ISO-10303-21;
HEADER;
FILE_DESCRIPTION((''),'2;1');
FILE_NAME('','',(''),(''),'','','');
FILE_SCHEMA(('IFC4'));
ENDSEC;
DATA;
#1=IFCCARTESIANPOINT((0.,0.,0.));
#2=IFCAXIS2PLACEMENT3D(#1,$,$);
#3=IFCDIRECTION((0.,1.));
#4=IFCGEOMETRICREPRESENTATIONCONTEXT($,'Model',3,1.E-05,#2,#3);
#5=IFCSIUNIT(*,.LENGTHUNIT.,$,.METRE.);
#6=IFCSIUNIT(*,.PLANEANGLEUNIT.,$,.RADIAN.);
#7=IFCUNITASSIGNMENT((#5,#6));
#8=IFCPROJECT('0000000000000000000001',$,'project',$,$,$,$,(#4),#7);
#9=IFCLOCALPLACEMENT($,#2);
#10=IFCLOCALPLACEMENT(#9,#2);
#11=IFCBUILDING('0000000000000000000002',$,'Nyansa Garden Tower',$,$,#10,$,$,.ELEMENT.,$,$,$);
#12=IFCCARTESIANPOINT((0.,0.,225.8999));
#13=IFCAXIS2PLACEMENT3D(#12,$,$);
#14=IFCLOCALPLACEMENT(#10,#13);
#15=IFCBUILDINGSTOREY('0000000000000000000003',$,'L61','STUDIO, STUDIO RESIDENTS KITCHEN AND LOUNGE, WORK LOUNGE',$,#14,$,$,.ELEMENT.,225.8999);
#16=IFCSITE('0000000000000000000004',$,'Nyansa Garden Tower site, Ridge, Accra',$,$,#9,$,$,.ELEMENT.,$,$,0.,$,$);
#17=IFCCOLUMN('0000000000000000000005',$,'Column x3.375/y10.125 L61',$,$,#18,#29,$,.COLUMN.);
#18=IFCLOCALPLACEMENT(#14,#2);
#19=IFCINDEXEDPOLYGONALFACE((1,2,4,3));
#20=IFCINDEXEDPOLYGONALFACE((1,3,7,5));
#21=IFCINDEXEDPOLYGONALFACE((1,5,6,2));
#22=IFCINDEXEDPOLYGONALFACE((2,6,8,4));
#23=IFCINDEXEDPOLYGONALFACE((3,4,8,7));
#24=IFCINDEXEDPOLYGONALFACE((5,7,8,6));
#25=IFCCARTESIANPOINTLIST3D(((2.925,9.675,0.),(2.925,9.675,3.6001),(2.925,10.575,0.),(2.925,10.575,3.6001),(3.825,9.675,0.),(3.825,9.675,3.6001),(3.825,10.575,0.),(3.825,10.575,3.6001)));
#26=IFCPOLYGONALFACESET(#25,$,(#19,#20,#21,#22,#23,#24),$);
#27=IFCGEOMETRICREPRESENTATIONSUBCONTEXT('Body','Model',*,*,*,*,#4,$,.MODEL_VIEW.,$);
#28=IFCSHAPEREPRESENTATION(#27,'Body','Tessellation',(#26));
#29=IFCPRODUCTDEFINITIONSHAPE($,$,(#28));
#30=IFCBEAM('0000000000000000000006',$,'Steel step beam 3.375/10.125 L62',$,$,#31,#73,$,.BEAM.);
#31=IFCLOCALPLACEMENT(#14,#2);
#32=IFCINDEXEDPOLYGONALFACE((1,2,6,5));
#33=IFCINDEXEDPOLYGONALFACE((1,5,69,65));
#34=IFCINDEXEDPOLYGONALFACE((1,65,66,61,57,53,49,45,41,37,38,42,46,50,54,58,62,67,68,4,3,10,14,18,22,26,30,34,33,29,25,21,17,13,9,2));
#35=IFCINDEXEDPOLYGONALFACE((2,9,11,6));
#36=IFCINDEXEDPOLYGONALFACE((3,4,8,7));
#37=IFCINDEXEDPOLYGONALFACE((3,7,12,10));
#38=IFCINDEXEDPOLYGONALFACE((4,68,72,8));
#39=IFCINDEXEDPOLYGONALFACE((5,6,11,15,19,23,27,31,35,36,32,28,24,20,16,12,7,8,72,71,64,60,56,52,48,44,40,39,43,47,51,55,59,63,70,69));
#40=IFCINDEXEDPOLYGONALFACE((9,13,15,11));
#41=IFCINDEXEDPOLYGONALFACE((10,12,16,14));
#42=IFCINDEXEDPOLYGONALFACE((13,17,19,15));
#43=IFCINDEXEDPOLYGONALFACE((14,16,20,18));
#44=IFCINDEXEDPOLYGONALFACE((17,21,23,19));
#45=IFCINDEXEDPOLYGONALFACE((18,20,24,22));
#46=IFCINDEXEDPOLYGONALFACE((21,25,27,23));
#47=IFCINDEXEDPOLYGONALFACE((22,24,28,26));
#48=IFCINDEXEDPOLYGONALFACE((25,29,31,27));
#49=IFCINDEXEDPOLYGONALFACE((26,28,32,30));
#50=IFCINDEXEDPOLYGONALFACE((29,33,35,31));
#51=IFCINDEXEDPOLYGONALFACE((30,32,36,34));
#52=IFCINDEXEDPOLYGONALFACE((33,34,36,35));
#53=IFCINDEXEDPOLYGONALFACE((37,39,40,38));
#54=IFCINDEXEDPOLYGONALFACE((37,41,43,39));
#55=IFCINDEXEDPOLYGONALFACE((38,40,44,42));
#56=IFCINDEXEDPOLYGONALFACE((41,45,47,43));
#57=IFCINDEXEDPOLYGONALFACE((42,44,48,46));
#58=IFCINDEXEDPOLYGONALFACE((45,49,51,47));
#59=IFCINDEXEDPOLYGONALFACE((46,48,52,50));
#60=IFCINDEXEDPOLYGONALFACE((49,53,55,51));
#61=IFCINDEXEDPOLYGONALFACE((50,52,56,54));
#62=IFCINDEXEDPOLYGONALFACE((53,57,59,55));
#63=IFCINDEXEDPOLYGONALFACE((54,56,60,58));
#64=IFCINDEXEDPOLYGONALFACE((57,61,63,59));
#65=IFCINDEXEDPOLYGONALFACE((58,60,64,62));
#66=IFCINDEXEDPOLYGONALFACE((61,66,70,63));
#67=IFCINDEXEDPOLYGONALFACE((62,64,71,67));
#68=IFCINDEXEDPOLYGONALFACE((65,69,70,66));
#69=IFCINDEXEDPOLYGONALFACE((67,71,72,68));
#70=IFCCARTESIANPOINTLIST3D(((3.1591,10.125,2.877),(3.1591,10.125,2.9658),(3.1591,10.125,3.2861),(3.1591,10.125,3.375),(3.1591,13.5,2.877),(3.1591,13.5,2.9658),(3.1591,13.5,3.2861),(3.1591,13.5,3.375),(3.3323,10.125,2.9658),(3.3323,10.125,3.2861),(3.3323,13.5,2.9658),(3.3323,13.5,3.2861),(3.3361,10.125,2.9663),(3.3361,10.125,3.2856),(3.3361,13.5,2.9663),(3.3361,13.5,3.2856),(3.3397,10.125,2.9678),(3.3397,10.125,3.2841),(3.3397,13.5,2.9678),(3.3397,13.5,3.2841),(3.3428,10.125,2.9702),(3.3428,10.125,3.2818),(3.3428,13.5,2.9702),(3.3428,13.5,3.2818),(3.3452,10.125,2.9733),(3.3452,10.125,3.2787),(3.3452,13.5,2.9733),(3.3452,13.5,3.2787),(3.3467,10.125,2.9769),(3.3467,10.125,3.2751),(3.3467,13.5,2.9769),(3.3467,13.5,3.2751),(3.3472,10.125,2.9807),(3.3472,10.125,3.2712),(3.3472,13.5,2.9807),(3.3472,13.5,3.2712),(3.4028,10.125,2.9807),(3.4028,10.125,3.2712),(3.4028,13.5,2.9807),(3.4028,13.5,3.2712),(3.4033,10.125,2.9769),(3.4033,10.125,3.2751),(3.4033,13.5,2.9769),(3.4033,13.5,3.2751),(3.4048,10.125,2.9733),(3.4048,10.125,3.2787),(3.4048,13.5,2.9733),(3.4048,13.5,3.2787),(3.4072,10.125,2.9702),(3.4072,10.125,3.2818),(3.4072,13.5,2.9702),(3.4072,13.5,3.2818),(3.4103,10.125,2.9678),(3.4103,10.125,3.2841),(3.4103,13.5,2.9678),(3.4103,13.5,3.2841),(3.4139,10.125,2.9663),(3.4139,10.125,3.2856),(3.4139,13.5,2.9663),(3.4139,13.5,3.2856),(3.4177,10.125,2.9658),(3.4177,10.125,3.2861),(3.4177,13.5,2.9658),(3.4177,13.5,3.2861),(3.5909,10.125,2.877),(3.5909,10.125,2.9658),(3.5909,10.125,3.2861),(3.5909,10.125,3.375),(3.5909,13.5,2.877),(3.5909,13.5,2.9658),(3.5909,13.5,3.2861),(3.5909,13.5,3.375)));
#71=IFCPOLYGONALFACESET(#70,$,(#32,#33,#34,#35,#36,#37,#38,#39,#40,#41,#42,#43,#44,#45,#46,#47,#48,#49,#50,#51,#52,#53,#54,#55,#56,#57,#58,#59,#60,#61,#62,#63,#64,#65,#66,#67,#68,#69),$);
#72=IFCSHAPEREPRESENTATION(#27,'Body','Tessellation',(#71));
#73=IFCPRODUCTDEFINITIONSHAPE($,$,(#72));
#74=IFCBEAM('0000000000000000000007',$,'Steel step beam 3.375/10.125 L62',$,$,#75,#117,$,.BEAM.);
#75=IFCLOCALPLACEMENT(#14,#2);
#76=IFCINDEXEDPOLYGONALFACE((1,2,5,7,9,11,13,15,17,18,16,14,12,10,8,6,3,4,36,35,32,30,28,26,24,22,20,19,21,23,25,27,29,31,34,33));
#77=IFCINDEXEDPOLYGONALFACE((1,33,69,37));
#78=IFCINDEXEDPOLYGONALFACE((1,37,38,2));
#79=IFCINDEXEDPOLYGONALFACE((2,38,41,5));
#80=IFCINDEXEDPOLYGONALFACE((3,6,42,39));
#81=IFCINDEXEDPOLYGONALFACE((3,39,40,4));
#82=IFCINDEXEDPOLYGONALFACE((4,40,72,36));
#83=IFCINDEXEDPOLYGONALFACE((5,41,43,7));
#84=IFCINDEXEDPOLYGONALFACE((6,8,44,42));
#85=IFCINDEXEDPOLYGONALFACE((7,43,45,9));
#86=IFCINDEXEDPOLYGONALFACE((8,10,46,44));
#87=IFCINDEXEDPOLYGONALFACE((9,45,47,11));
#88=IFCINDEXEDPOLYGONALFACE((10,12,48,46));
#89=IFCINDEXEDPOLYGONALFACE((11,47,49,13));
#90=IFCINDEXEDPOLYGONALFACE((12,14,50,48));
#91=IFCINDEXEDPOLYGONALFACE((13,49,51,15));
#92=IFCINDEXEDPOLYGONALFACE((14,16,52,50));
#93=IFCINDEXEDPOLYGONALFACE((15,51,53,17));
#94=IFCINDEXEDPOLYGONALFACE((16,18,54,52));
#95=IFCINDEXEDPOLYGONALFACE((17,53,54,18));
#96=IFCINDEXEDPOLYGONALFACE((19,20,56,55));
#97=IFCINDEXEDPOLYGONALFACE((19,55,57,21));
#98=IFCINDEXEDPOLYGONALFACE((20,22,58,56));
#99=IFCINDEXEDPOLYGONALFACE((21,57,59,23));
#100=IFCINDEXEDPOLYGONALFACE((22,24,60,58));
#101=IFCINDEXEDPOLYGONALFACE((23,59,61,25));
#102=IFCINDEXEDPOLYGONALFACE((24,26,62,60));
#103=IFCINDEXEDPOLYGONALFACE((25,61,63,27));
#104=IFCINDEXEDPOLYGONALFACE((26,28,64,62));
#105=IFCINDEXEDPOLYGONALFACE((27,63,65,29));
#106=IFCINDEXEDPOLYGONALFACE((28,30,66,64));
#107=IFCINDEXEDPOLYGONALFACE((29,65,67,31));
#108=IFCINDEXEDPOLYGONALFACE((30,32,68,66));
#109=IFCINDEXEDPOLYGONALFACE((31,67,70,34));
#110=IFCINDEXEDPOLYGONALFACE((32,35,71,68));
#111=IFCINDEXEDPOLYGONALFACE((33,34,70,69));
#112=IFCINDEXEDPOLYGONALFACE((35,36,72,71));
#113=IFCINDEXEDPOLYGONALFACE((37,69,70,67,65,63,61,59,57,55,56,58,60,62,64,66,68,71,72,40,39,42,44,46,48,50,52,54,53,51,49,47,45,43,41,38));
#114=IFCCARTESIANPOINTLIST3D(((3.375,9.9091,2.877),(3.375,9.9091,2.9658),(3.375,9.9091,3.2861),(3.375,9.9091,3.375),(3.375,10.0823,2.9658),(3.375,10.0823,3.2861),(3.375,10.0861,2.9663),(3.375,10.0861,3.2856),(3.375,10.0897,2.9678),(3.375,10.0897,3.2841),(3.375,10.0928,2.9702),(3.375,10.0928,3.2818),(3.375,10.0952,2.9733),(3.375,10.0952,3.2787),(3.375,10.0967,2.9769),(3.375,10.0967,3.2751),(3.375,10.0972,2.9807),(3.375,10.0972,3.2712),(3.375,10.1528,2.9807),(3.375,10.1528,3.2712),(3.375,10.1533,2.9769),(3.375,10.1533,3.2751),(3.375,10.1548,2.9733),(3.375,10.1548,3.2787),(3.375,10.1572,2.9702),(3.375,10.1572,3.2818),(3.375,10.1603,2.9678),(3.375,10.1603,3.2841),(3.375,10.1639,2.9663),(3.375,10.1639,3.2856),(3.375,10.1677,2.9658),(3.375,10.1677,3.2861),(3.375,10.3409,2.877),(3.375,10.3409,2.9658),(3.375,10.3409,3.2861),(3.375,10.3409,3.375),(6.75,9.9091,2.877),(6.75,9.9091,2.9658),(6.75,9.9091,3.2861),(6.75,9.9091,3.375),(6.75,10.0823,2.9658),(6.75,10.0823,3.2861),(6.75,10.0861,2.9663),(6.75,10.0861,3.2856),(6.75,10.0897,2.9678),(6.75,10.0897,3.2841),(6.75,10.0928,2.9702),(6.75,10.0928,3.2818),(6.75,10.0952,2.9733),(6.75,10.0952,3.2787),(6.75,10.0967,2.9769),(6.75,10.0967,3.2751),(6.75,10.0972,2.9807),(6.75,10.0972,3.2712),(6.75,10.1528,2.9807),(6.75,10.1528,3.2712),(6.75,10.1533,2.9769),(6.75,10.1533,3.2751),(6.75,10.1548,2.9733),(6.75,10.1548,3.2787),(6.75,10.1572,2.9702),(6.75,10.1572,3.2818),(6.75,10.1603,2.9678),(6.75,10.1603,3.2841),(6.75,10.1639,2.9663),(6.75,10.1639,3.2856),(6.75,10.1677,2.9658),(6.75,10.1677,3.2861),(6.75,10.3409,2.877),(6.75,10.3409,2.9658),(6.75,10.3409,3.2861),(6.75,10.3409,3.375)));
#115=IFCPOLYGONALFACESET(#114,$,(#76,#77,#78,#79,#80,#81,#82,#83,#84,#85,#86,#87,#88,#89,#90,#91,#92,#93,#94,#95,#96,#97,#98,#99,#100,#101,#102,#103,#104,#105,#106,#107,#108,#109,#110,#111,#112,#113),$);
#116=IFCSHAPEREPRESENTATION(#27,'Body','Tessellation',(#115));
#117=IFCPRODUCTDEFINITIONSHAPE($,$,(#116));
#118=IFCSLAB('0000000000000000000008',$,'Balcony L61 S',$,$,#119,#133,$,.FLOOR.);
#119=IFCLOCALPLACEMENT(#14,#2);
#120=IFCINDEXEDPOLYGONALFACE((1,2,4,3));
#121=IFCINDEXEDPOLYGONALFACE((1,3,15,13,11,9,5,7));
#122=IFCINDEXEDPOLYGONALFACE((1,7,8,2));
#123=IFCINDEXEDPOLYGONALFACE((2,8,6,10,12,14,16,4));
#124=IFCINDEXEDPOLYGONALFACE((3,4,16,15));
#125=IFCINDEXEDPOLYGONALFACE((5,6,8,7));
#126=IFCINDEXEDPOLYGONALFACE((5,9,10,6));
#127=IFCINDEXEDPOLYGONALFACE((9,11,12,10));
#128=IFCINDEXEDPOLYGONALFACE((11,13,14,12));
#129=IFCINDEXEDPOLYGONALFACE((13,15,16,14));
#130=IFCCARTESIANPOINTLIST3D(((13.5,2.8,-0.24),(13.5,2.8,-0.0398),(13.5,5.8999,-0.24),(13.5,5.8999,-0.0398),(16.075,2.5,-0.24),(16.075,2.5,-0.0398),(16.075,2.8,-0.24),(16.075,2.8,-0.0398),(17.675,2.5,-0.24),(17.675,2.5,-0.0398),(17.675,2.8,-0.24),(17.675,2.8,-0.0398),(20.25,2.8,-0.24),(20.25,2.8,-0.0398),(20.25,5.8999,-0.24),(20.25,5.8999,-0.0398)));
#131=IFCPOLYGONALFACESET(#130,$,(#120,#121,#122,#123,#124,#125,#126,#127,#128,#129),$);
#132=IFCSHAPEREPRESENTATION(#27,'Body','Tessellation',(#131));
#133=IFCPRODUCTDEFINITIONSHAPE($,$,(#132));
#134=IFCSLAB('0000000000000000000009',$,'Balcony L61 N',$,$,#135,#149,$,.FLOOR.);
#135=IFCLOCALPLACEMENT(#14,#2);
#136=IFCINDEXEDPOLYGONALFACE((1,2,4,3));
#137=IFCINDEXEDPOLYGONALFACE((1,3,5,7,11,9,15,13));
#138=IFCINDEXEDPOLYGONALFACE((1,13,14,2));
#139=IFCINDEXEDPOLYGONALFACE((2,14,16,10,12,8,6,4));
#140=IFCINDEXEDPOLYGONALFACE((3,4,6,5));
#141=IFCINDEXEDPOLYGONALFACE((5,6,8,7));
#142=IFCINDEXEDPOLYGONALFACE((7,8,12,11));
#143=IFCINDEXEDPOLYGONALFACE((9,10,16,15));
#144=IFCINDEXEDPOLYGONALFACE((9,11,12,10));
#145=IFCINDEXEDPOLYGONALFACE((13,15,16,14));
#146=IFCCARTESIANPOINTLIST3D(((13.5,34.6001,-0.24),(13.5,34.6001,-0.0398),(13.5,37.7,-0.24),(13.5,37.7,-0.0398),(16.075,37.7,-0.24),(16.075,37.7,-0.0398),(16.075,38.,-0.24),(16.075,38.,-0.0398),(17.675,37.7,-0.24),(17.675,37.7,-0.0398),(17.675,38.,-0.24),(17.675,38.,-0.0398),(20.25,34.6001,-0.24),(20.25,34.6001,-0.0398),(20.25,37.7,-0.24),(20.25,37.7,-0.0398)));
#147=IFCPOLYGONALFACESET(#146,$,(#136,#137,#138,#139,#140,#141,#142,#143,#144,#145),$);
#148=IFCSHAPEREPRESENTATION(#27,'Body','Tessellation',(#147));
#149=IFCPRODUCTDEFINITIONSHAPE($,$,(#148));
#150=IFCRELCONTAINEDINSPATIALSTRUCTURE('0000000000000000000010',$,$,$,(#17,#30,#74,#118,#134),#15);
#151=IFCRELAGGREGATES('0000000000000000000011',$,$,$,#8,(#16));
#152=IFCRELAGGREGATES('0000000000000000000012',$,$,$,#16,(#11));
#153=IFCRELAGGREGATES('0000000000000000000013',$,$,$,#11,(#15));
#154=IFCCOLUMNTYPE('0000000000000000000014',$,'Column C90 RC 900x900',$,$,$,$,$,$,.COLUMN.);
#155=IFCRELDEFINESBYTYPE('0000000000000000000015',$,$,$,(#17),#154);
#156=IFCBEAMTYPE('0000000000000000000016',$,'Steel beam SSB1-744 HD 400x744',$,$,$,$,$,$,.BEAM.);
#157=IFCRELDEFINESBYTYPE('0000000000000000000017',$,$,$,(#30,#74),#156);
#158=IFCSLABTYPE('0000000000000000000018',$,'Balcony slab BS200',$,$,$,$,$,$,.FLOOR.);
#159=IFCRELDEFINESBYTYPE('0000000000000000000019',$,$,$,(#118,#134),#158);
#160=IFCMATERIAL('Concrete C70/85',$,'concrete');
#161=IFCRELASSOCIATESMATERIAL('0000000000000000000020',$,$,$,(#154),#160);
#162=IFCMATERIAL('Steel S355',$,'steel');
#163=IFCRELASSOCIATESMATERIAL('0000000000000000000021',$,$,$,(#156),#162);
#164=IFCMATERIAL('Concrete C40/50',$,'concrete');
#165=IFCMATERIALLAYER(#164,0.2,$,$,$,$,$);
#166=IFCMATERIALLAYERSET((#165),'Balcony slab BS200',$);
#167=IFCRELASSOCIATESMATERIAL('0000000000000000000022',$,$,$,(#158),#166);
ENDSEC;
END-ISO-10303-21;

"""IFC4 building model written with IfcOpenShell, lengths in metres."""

from ifc_helpers import new_model, si_unit, direction, frame, origin, origin_2d, place, context, subcontext, project, spatial, polyline, rectangle, i_section, outline, extrude, material, layer, layer_set, material_profile, profile_set, type_object, element, save


model = new_model("IFC4")

# Units and contexts
model_context = context("Model", 3, precision=1e-05, world=origin(), true_north=direction((0.0, 1.0)))
body_context = subcontext(model_context, "Body", "Model", "MODEL_VIEW")
ifc_project = project(units=[si_unit("LENGTHUNIT", "METRE"), si_unit("PLANEANGLEUNIT", "RADIAN")], contexts=[model_context])

# Site, building, storey
site_placement = place(None, origin())
site = spatial("IfcSite", under=ifc_project, at=site_placement, Name="Nyansa Garden Tower site, Ridge, Accra", CompositionType="ELEMENT", RefElevation=0.0)
building_placement = place(site_placement, origin())
building = spatial("IfcBuilding", under=site, at=building_placement, Name="Nyansa Garden Tower", CompositionType="ELEMENT")
storey_placement = place(building_placement, frame((0.0, 0.0, 225.8999)))
storey = spatial("IfcBuildingStorey", under=building, at=storey_placement, Name="L61", Description="STUDIO, STUDIO RESIDENTS KITCHEN AND LOUNGE, WORK LOUNGE", CompositionType="ELEMENT", Elevation=225.8999)

# Column
ifc_material_1 = material(Name="Concrete C70/85", Category="concrete")
ifc_material_profile_1 = material_profile(ifc_material_1, rectangle(XDim=0.8999, YDim=0.8999, at=origin_2d()), Name="RC 900x900")
ifc_profile_set_1 = profile_set([ifc_material_profile_1], Name="Concrete C70/85")
column_type = type_object("IfcColumnType", Name="Column C90 RC 900x900", PredefinedType="COLUMN", material=ifc_profile_set_1)
column_placement = place(storey_placement, frame((3.375, 10.125, 0.0), z_axis=(0.0, 0.0, 1.0), x_axis=(1.0, 0.0, 0.0)))
element("IfcColumn", 1, at=column_placement, inside=storey, type_object=column_type, Name="Column x3.375/y10.125 L61", PredefinedType="COLUMN", context=body_context, shape_type="SweptSolid", body=[
    extrude(rectangle(XDim=0.8999, YDim=0.8999, at=origin_2d()), origin(), (0.0, 0.0, 1.0), 3.6001),
])

# Beams
ifc_material_2 = material(Name="Steel S355", Category="steel")
ifc_material_profile_2 = material_profile(ifc_material_2, i_section(OverallWidth=0.4319, OverallDepth=0.498, WebThickness=0.0557, FlangeThickness=0.0889, FilletRadius=0.0149, at=origin_2d()), Name="HD 400x744")
ifc_profile_set_2 = profile_set([ifc_material_profile_2], Name="Steel S355")
beam_type = type_object("IfcBeamType", Name="Steel beam SSB1-744 HD 400x744", PredefinedType="BEAM", material=ifc_profile_set_2)
for number, where, z_axis, x_axis, name in (
    (2, (3.375, 10.125, 3.126), (0.0, 1.0, 0.0), (-1.0, 0.0, 0.0), "Steel step beam 3.375/10.125 L62"),
    (3, (3.375, 10.125, 3.126), (1.0, 0.0, 0.0), (0.0, 1.0, 0.0), "Steel step beam 3.375/10.125 L62"),
):
    element("IfcBeam", number, at=place(storey_placement, frame(where, z_axis=z_axis, x_axis=x_axis)), inside=storey, type_object=beam_type, Name=name, PredefinedType="BEAM", context=body_context, shape_type="SweptSolid", body=[
        extrude(i_section(OverallWidth=0.4319, OverallDepth=0.498, WebThickness=0.0557, FlangeThickness=0.0889, FilletRadius=0.0149, at=origin_2d()), origin(), (0.0, 0.0, 1.0), 3.375),
    ])

# Slabs
ifc_material_3 = material(Name="Concrete C40/50", Category="concrete")
ifc_layer_1 = layer(ifc_material_3, 0.2)
ifc_layer_set_1 = layer_set([ifc_layer_1], Name="Balcony slab BS200")
slab_type_1 = type_object("IfcSlabType", Name="Balcony slab BS200", PredefinedType="FLOOR", material=ifc_layer_set_1)
slab_1_placement = place(storey_placement, frame((0.0, 0.0, -0.24)))
element("IfcSlab", 4, at=slab_1_placement, inside=storey, type_object=slab_type_1, Name="Balcony L61 S", PredefinedType="FLOOR", context=body_context, shape_type="SweptSolid", body=[
    extrude(outline(polyline([(13.5, 5.8999), (20.25, 5.8999), (20.25, 2.8), (17.675, 2.8), (17.675, 2.5), (16.075, 2.5), (16.075, 2.8), (13.5, 2.8), (13.5, 5.8999)])), origin(), (0.0, 0.0, 1.0), 0.2002),
])
slab_2_placement = place(storey_placement, frame((0.0, 0.0, -0.24)))
element("IfcSlab", 5, at=slab_2_placement, inside=storey, type_object=slab_type_1, Name="Balcony L61 N", PredefinedType="FLOOR", context=body_context, shape_type="SweptSolid", body=[
    extrude(outline(polyline([(13.5, 34.6001), (20.25, 34.6001), (20.25, 37.7), (17.675, 37.7), (17.675, 38.0), (16.075, 38.0), (16.075, 37.7), (13.5, 37.7), (13.5, 34.6001)])), origin(), (0.0, 0.0, 1.0), 0.2002),
])

save(model, "model.ifc")
